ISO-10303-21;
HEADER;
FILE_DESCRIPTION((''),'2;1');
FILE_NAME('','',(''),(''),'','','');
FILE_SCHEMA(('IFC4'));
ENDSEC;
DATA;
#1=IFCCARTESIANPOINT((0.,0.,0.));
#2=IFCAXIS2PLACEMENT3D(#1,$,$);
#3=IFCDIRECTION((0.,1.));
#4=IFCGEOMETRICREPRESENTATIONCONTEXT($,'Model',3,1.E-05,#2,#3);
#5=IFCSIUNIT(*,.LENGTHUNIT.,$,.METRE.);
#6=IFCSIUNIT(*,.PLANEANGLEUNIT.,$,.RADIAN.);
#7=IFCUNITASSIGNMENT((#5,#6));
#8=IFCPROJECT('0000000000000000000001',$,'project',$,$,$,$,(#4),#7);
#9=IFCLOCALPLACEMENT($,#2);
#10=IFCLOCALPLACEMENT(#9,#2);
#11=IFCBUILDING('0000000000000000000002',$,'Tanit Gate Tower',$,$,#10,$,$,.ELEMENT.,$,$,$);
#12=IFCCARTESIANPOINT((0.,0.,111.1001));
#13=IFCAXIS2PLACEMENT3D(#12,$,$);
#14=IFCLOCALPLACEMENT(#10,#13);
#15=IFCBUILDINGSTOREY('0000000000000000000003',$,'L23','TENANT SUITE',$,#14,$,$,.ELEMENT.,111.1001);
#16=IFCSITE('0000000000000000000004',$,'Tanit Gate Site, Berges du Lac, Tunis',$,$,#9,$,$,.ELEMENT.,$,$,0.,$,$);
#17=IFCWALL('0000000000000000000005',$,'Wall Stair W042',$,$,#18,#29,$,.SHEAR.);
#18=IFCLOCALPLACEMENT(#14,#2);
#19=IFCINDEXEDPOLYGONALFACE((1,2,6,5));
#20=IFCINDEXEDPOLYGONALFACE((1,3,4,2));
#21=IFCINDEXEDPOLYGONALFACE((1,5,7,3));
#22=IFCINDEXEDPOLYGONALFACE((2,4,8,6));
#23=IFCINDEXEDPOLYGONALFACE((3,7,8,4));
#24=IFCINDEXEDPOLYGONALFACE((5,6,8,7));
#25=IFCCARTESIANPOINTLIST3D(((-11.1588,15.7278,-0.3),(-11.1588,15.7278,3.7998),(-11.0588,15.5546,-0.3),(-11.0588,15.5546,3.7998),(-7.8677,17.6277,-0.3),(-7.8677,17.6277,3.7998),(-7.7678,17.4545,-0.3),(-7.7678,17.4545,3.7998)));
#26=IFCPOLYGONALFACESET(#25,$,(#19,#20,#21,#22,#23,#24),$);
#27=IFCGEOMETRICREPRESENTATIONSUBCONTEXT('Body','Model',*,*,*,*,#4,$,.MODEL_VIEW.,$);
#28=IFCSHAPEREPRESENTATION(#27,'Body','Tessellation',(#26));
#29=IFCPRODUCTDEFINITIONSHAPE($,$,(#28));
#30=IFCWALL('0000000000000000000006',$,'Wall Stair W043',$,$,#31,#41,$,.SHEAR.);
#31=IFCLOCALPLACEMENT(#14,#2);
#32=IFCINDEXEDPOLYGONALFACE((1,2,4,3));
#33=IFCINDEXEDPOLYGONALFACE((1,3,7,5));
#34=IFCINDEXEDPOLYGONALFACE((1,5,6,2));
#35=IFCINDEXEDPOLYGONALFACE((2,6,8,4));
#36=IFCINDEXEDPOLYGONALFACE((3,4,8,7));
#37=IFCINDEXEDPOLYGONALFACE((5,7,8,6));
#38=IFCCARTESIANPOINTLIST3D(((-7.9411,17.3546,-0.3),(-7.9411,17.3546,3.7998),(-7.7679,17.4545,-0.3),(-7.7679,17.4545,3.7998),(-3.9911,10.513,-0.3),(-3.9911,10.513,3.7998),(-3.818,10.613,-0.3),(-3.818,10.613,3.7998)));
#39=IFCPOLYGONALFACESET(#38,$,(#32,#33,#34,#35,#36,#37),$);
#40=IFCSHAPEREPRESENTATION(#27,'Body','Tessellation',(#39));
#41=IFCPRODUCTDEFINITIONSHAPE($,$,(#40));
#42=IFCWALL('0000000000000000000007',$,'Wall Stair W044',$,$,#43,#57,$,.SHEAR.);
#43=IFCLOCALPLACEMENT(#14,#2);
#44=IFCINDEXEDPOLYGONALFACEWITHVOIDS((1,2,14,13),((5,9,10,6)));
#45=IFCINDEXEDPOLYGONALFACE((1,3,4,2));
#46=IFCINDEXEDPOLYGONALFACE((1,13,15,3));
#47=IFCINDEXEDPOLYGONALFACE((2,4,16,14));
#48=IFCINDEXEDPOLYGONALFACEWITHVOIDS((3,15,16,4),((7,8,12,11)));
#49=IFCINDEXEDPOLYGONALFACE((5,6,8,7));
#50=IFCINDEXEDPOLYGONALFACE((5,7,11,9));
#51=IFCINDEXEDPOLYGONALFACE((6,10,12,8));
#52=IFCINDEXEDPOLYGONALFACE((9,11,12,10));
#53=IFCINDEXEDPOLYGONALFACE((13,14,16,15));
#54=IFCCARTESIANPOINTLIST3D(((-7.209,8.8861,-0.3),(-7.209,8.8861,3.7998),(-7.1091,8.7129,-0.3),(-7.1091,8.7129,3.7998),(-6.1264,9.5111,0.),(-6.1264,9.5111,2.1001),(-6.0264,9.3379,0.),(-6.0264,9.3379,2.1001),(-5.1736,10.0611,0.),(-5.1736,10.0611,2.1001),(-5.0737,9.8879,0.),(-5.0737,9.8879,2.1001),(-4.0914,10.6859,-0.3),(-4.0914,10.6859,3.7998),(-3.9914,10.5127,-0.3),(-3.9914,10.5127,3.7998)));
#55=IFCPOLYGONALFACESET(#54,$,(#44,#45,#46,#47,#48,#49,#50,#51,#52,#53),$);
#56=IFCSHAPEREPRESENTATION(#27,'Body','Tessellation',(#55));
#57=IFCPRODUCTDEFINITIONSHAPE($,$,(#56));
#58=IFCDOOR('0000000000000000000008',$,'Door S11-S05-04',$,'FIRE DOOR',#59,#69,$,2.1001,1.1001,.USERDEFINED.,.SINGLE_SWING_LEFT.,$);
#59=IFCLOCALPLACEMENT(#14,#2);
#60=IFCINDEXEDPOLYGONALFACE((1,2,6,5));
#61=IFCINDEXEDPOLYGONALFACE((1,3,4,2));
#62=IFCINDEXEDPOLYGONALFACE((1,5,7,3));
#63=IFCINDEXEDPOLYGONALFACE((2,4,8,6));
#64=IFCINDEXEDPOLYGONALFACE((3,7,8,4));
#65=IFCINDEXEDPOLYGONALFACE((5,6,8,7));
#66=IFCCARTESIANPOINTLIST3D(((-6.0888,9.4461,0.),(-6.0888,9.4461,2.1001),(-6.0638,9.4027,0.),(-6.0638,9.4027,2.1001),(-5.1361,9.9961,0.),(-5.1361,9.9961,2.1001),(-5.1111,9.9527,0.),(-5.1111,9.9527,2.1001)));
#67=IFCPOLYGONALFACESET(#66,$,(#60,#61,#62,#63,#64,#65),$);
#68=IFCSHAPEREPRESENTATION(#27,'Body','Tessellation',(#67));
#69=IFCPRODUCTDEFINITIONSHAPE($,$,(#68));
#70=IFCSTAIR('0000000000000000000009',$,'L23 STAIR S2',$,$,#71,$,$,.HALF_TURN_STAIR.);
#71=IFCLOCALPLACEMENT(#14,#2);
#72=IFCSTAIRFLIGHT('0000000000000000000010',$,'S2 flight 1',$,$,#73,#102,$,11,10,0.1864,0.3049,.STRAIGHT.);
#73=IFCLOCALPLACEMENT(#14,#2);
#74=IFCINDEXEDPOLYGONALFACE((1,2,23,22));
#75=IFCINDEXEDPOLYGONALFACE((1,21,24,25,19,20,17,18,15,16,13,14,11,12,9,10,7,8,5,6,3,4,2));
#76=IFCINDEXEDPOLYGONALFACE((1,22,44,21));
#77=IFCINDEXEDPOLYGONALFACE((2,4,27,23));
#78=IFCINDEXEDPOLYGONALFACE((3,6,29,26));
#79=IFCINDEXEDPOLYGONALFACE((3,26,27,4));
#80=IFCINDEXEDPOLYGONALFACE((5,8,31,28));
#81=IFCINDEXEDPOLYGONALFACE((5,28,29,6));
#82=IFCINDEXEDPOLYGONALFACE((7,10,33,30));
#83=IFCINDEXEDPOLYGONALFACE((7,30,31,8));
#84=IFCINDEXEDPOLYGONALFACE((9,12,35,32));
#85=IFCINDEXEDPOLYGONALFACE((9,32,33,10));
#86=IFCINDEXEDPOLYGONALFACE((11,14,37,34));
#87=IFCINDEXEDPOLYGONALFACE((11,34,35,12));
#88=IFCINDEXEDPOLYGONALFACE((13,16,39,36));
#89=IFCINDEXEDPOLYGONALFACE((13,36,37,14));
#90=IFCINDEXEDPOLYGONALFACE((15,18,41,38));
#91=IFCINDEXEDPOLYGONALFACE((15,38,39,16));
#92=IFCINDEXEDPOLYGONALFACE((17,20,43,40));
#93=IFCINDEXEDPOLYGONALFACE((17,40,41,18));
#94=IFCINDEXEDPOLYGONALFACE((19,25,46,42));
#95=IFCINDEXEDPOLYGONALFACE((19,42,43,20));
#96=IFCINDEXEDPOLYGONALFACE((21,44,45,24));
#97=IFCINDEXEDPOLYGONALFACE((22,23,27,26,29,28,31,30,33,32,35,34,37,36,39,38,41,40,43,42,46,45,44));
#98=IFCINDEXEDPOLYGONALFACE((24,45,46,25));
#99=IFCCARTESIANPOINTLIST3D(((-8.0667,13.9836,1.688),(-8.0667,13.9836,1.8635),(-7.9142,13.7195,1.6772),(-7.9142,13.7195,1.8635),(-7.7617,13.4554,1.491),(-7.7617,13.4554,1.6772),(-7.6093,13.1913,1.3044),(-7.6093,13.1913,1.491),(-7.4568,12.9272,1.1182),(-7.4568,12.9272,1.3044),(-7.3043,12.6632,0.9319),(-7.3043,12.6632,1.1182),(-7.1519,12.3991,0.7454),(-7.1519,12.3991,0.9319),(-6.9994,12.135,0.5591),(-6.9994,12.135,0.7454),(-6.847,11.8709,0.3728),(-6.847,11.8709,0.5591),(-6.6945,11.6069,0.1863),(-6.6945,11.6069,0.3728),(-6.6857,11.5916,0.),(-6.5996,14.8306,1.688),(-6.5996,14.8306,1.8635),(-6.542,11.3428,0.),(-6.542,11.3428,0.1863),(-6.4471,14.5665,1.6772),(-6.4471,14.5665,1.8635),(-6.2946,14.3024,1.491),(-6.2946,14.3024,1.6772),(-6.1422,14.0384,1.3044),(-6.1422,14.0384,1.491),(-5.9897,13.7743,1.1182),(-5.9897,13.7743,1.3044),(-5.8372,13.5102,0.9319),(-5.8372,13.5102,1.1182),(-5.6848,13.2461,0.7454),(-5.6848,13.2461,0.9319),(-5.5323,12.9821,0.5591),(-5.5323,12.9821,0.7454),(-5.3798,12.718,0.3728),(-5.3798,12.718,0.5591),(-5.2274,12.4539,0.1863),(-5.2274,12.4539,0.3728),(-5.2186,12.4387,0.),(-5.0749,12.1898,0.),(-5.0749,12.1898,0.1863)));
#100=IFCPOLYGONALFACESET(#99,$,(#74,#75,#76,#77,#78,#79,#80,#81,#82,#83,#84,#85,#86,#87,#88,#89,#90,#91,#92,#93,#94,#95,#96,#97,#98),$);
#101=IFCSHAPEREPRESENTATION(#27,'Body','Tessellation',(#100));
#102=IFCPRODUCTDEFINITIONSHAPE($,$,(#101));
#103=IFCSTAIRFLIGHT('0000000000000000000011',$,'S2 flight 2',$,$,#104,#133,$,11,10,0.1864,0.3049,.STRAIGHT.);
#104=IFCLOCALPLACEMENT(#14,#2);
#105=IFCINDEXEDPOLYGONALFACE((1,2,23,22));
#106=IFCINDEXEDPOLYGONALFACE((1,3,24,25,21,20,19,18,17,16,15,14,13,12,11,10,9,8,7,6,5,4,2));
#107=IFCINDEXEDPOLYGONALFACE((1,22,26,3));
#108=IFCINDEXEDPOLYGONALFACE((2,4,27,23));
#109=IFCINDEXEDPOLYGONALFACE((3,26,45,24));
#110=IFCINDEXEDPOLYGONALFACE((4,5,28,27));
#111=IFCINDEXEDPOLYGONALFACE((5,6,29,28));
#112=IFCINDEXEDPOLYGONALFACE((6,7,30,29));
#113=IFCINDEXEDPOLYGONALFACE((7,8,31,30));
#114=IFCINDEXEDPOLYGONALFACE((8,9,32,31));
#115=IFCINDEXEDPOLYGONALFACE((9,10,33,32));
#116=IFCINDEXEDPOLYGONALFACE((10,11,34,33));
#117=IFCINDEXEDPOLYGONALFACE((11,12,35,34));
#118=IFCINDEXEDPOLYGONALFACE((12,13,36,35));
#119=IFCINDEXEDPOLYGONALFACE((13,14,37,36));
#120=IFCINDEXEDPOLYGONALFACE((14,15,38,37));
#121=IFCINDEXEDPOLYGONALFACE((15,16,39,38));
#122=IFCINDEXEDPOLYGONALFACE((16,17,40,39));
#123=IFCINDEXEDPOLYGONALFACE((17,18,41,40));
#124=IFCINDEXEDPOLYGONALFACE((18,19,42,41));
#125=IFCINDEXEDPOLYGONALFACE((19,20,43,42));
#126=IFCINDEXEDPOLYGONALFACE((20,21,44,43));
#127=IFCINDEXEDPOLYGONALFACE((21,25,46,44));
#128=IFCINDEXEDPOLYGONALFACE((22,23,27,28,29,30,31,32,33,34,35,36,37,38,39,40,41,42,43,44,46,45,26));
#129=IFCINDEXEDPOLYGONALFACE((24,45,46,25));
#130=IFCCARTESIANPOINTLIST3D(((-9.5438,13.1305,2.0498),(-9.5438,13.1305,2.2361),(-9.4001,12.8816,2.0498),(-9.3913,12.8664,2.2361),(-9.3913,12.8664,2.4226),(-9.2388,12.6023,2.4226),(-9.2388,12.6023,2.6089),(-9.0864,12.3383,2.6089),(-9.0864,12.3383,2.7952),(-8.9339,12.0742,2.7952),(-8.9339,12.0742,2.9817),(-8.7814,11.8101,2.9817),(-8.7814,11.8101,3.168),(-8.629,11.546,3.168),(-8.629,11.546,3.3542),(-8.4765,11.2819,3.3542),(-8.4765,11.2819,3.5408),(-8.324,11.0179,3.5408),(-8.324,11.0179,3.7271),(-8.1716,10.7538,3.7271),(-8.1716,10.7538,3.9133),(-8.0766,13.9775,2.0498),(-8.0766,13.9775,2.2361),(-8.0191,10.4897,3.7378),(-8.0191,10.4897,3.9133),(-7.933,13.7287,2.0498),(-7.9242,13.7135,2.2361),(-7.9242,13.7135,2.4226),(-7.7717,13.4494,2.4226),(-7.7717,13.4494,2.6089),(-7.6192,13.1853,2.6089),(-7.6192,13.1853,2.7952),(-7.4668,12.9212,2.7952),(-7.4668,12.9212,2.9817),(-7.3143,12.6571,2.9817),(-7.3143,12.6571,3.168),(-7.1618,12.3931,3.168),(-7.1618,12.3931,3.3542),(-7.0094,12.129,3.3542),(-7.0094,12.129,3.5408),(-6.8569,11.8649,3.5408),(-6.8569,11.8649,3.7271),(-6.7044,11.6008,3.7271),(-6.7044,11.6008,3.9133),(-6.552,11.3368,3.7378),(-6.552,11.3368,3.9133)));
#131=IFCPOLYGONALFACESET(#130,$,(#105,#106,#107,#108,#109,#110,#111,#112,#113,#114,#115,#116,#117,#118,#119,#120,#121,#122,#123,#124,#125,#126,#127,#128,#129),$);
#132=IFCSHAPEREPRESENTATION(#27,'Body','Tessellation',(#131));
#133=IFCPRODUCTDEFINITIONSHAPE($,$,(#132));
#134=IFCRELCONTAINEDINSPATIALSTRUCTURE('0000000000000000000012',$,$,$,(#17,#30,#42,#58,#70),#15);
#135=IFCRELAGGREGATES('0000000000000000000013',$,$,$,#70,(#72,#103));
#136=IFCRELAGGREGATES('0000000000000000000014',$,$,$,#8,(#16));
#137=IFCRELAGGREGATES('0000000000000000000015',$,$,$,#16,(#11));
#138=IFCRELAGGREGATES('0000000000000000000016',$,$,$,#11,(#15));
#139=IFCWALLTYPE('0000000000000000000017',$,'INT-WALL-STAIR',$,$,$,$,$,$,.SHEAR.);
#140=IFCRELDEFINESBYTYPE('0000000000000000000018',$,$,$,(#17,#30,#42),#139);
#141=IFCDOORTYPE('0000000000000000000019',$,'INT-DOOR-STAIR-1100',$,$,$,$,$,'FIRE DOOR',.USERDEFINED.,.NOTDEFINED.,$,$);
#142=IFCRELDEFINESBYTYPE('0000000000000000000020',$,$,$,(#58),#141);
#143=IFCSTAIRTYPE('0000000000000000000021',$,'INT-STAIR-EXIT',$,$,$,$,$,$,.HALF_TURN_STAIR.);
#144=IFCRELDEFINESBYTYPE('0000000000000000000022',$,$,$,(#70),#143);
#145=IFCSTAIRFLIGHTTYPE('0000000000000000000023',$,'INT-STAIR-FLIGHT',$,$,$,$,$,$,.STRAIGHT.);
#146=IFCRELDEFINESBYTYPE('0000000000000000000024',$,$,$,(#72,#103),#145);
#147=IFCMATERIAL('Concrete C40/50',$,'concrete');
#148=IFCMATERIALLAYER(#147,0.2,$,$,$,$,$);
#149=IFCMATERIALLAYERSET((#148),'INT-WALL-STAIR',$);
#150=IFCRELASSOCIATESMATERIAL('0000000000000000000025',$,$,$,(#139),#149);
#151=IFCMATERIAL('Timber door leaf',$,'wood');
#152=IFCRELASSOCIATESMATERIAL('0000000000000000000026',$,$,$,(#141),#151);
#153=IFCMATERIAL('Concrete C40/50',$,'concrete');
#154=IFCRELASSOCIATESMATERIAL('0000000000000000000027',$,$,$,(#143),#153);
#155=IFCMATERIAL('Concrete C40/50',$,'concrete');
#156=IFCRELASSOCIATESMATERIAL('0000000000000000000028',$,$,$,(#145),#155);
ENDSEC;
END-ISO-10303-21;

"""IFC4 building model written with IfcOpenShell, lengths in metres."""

from ifc_helpers import new_model, si_unit, direction, frame, frame_2d, origin, place, context, subcontext, project, spatial, polyline, rectangle, outline, extrude, material, layer, layer_set, type_object, element, fill, aggregate, save


model = new_model("IFC4")

# Units and contexts
model_context = context("Model", 3, precision=1e-05, world=origin(), true_north=direction((0.0, 1.0)))
body_context = subcontext(model_context, "Body", "Model", "MODEL_VIEW")
ifc_project = project(units=[si_unit("LENGTHUNIT", "METRE"), si_unit("PLANEANGLEUNIT", "RADIAN")], contexts=[model_context])

# Site, building, storey
site_placement = place(None, origin())
site = spatial("IfcSite", under=ifc_project, at=site_placement, Name="Tanit Gate Site, Berges du Lac, Tunis", CompositionType="ELEMENT", RefElevation=0.0)
building_placement = place(site_placement, origin())
building = spatial("IfcBuilding", under=site, at=building_placement, Name="Tanit Gate Tower", CompositionType="ELEMENT")
storey_placement = place(building_placement, frame((0.0, 0.0, 111.1001)))
storey = spatial("IfcBuildingStorey", under=building, at=storey_placement, Name="L23", Description="TENANT SUITE", CompositionType="ELEMENT", Elevation=111.1001)

# Walls
ifc_material_1 = material(Name="Concrete C40/50", Category="concrete")
ifc_layer_1 = layer(ifc_material_1, 0.2)
ifc_layer_set_1 = layer_set([ifc_layer_1], Name="INT-WALL-STAIR")
wall_type_1 = type_object("IfcWallType", Name="INT-WALL-STAIR", PredefinedType="SHEAR", material=ifc_layer_set_1)
wall_1_placement = place(storey_placement, frame((-7.8179, 17.541, -0.3), z_axis=(0.0, 0.0, 1.0), x_axis=(-0.866044, -0.499967, 0.0)))
element("IfcWall", 1, at=wall_1_placement, inside=storey, type_object=wall_type_1, Name="Wall Stair W042", PredefinedType="SHEAR", context=body_context, shape_type="SweptSolid", body=[
    extrude(rectangle(XDim=3.8, YDim=0.2, at=frame_2d((1.8999, 0.0))), origin(), (0.0, 0.0, 1.0), 4.0999),
])
wall_2_placement = place(storey_placement, frame((-7.8545, 17.4045, -0.3), z_axis=(0.0, 0.0, 1.0), x_axis=(0.499998, -0.866027, 0.0)))
element("IfcWall", 2, at=wall_2_placement, inside=storey, type_object=wall_type_1, Name="Wall Stair W043", PredefinedType="SHEAR", context=body_context, shape_type="SweptSolid", body=[
    extrude(rectangle(XDim=7.8999, YDim=0.2, at=frame_2d((3.95, 0.0))), origin(), (0.0, 0.0, 1.0), 4.0999),
])

# Wall, opening, door
wall_3_placement = place(storey_placement, frame((-7.1589, 8.7996, -0.3), z_axis=(0.0, 0.0, 1.0), x_axis=(0.866048, 0.499961, 0.0)))
wall_3 = element("IfcWall", 3, at=wall_3_placement, inside=storey, type_object=wall_type_1, Name="Wall Stair W044", PredefinedType="SHEAR", context=body_context, shape_type="SweptSolid", body=[
    extrude(rectangle(XDim=3.5999, YDim=0.2, at=frame_2d((1.7998, 0.0))), origin(), (0.0, 0.0, 1.0), 4.0999),
])
opening_1_placement = place(wall_3_placement, frame((1.25, 0.0, 0.3)))
opening_1 = element("IfcOpeningElement", 4, at=opening_1_placement, cuts=wall_3, PredefinedType="OPENING", context=body_context, shape_type="SweptSolid", body=[
    extrude(rectangle(XDim=1.1001, YDim=2.1001, at=frame_2d((0.55, 1.05))), frame((0.0, 0.1099, 0.0), z_axis=(0.0, -1.0, 0.0), x_axis=(1.0, 0.0, 0.0)), (0.0, 0.0, 1.0), 0.22),
])
ifc_material_2 = material(Name="Timber door leaf", Category="wood")
door_type_1 = type_object("IfcDoorType", Name="INT-DOOR-STAIR-1100", ElementType="FIRE DOOR", OperationType="NOTDEFINED", PredefinedType="USERDEFINED", material=ifc_material_2)
door_1_placement = place(opening_1_placement, origin())
door_1 = element("IfcDoor", 5, at=door_1_placement, inside=storey, type_object=door_type_1, Name="Door S11-S05-04", ObjectType="FIRE DOOR", OperationType="SINGLE_SWING_LEFT", OverallHeight=2.1001, OverallWidth=1.1001, PredefinedType="USERDEFINED", context=body_context, shape_type="SweptSolid", body=[
    extrude(rectangle(XDim=1.1001, YDim=2.1001, at=frame_2d((0.55, 1.05))), frame((0.0, 0.0249, 0.0), z_axis=(0.0, -1.0, 0.0), x_axis=(1.0, 0.0, 0.0)), (0.0, 0.0, 1.0), 0.05),
])
fill(opening_1, door_1)

# Stair, stair flights
ifc_material_3 = material(Name="Concrete C40/50", Category="concrete")
stair_type = type_object("IfcStairType", Name="INT-STAIR-EXIT", PredefinedType="HALF_TURN_STAIR", material=ifc_material_3)
stair_placement = place(storey_placement, origin())
stair = element("IfcStair", 6, at=stair_placement, inside=storey, type_object=stair_type, Name="L23 STAIR S2", PredefinedType="HALF_TURN_STAIR")
ifc_material_4 = material(Name="Concrete C40/50", Category="concrete")
stair_flight_type = type_object("IfcStairFlightType", Name="INT-STAIR-FLIGHT", PredefinedType="STRAIGHT", material=ifc_material_4)
stair_flight_1_placement = place(storey_placement, frame((-5.8083, 11.7664, 0.0), z_axis=(0.0, 0.0, 1.0), x_axis=(-0.5, 0.866025, 0.0)))
stair_flight_1 = element("IfcStairFlight", 7, at=stair_flight_1_placement, type_object=stair_flight_type, Name="S2 flight 1", NumberOfRisers=11, NumberOfTreads=10, PredefinedType="STRAIGHT", RiserHeight=0.1864, TreadLength=0.3049, context=body_context, shape_type="SweptSolid", body=[
    extrude(outline(polyline([(0.0, 0.0), (0.0, 0.1863), (0.3049, 0.1863), (0.3049, 0.3728), (0.6099, 0.3728), (0.6099, 0.5591), (0.9148, 0.5591), (0.9148, 0.7454), (1.2197, 0.7454), (1.2197, 0.9319), (1.5247, 0.9319), (1.5247, 1.1182), (1.8296, 1.1182), (1.8296, 1.3044), (2.1345, 1.3044), (2.1345, 1.491), (2.4395, 1.491), (2.4395, 1.6772), (2.7444, 1.6772), (2.7444, 1.8635), (3.0493, 1.8635), (3.0493, 2.05), (3.0493, 1.688), (0.2874, 0.0), (0.0, 0.0)])), frame((0.0, 0.8472, 0.0), z_axis=(0.0, -1.0, 0.0), x_axis=(1.0, 0.0, 0.0)), (0.0, 0.0, 1.0), 1.6941),
])
stair_flight_2_placement = place(storey_placement, frame((-8.8103, 13.554, 2.0498), z_axis=(0.0, 0.0, 1.0), x_axis=(0.5, -0.866025, 0.0)))
stair_flight_2 = element("IfcStairFlight", 8, at=stair_flight_2_placement, type_object=stair_flight_type, Name="S2 flight 2", NumberOfRisers=11, NumberOfTreads=10, PredefinedType="STRAIGHT", RiserHeight=0.1864, TreadLength=0.3049, context=body_context, shape_type="SweptSolid", body=[
    extrude(outline(polyline([(0.0, 0.0), (0.0, 0.1863), (0.3049, 0.1863), (0.3049, 0.3728), (0.6099, 0.3728), (0.6099, 0.5591), (0.9148, 0.5591), (0.9148, 0.7454), (1.2197, 0.7454), (1.2197, 0.9319), (1.5247, 0.9319), (1.5247, 1.1182), (1.8296, 1.1182), (1.8296, 1.3044), (2.1345, 1.3044), (2.1345, 1.491), (2.4395, 1.491), (2.4395, 1.6772), (2.7444, 1.6772), (2.7444, 1.8635), (3.0493, 1.8635), (3.0493, 2.05), (3.0493, 1.688), (0.2874, 0.0), (0.0, 0.0)])), frame((0.0, 0.8472, 0.0), z_axis=(0.0, -1.0, 0.0), x_axis=(1.0, 0.0, 0.0)), (0.0, 0.0, 1.0), 1.6941),
])
aggregate(stair, [stair_flight_1, stair_flight_2])

save(model, "model.ifc")
